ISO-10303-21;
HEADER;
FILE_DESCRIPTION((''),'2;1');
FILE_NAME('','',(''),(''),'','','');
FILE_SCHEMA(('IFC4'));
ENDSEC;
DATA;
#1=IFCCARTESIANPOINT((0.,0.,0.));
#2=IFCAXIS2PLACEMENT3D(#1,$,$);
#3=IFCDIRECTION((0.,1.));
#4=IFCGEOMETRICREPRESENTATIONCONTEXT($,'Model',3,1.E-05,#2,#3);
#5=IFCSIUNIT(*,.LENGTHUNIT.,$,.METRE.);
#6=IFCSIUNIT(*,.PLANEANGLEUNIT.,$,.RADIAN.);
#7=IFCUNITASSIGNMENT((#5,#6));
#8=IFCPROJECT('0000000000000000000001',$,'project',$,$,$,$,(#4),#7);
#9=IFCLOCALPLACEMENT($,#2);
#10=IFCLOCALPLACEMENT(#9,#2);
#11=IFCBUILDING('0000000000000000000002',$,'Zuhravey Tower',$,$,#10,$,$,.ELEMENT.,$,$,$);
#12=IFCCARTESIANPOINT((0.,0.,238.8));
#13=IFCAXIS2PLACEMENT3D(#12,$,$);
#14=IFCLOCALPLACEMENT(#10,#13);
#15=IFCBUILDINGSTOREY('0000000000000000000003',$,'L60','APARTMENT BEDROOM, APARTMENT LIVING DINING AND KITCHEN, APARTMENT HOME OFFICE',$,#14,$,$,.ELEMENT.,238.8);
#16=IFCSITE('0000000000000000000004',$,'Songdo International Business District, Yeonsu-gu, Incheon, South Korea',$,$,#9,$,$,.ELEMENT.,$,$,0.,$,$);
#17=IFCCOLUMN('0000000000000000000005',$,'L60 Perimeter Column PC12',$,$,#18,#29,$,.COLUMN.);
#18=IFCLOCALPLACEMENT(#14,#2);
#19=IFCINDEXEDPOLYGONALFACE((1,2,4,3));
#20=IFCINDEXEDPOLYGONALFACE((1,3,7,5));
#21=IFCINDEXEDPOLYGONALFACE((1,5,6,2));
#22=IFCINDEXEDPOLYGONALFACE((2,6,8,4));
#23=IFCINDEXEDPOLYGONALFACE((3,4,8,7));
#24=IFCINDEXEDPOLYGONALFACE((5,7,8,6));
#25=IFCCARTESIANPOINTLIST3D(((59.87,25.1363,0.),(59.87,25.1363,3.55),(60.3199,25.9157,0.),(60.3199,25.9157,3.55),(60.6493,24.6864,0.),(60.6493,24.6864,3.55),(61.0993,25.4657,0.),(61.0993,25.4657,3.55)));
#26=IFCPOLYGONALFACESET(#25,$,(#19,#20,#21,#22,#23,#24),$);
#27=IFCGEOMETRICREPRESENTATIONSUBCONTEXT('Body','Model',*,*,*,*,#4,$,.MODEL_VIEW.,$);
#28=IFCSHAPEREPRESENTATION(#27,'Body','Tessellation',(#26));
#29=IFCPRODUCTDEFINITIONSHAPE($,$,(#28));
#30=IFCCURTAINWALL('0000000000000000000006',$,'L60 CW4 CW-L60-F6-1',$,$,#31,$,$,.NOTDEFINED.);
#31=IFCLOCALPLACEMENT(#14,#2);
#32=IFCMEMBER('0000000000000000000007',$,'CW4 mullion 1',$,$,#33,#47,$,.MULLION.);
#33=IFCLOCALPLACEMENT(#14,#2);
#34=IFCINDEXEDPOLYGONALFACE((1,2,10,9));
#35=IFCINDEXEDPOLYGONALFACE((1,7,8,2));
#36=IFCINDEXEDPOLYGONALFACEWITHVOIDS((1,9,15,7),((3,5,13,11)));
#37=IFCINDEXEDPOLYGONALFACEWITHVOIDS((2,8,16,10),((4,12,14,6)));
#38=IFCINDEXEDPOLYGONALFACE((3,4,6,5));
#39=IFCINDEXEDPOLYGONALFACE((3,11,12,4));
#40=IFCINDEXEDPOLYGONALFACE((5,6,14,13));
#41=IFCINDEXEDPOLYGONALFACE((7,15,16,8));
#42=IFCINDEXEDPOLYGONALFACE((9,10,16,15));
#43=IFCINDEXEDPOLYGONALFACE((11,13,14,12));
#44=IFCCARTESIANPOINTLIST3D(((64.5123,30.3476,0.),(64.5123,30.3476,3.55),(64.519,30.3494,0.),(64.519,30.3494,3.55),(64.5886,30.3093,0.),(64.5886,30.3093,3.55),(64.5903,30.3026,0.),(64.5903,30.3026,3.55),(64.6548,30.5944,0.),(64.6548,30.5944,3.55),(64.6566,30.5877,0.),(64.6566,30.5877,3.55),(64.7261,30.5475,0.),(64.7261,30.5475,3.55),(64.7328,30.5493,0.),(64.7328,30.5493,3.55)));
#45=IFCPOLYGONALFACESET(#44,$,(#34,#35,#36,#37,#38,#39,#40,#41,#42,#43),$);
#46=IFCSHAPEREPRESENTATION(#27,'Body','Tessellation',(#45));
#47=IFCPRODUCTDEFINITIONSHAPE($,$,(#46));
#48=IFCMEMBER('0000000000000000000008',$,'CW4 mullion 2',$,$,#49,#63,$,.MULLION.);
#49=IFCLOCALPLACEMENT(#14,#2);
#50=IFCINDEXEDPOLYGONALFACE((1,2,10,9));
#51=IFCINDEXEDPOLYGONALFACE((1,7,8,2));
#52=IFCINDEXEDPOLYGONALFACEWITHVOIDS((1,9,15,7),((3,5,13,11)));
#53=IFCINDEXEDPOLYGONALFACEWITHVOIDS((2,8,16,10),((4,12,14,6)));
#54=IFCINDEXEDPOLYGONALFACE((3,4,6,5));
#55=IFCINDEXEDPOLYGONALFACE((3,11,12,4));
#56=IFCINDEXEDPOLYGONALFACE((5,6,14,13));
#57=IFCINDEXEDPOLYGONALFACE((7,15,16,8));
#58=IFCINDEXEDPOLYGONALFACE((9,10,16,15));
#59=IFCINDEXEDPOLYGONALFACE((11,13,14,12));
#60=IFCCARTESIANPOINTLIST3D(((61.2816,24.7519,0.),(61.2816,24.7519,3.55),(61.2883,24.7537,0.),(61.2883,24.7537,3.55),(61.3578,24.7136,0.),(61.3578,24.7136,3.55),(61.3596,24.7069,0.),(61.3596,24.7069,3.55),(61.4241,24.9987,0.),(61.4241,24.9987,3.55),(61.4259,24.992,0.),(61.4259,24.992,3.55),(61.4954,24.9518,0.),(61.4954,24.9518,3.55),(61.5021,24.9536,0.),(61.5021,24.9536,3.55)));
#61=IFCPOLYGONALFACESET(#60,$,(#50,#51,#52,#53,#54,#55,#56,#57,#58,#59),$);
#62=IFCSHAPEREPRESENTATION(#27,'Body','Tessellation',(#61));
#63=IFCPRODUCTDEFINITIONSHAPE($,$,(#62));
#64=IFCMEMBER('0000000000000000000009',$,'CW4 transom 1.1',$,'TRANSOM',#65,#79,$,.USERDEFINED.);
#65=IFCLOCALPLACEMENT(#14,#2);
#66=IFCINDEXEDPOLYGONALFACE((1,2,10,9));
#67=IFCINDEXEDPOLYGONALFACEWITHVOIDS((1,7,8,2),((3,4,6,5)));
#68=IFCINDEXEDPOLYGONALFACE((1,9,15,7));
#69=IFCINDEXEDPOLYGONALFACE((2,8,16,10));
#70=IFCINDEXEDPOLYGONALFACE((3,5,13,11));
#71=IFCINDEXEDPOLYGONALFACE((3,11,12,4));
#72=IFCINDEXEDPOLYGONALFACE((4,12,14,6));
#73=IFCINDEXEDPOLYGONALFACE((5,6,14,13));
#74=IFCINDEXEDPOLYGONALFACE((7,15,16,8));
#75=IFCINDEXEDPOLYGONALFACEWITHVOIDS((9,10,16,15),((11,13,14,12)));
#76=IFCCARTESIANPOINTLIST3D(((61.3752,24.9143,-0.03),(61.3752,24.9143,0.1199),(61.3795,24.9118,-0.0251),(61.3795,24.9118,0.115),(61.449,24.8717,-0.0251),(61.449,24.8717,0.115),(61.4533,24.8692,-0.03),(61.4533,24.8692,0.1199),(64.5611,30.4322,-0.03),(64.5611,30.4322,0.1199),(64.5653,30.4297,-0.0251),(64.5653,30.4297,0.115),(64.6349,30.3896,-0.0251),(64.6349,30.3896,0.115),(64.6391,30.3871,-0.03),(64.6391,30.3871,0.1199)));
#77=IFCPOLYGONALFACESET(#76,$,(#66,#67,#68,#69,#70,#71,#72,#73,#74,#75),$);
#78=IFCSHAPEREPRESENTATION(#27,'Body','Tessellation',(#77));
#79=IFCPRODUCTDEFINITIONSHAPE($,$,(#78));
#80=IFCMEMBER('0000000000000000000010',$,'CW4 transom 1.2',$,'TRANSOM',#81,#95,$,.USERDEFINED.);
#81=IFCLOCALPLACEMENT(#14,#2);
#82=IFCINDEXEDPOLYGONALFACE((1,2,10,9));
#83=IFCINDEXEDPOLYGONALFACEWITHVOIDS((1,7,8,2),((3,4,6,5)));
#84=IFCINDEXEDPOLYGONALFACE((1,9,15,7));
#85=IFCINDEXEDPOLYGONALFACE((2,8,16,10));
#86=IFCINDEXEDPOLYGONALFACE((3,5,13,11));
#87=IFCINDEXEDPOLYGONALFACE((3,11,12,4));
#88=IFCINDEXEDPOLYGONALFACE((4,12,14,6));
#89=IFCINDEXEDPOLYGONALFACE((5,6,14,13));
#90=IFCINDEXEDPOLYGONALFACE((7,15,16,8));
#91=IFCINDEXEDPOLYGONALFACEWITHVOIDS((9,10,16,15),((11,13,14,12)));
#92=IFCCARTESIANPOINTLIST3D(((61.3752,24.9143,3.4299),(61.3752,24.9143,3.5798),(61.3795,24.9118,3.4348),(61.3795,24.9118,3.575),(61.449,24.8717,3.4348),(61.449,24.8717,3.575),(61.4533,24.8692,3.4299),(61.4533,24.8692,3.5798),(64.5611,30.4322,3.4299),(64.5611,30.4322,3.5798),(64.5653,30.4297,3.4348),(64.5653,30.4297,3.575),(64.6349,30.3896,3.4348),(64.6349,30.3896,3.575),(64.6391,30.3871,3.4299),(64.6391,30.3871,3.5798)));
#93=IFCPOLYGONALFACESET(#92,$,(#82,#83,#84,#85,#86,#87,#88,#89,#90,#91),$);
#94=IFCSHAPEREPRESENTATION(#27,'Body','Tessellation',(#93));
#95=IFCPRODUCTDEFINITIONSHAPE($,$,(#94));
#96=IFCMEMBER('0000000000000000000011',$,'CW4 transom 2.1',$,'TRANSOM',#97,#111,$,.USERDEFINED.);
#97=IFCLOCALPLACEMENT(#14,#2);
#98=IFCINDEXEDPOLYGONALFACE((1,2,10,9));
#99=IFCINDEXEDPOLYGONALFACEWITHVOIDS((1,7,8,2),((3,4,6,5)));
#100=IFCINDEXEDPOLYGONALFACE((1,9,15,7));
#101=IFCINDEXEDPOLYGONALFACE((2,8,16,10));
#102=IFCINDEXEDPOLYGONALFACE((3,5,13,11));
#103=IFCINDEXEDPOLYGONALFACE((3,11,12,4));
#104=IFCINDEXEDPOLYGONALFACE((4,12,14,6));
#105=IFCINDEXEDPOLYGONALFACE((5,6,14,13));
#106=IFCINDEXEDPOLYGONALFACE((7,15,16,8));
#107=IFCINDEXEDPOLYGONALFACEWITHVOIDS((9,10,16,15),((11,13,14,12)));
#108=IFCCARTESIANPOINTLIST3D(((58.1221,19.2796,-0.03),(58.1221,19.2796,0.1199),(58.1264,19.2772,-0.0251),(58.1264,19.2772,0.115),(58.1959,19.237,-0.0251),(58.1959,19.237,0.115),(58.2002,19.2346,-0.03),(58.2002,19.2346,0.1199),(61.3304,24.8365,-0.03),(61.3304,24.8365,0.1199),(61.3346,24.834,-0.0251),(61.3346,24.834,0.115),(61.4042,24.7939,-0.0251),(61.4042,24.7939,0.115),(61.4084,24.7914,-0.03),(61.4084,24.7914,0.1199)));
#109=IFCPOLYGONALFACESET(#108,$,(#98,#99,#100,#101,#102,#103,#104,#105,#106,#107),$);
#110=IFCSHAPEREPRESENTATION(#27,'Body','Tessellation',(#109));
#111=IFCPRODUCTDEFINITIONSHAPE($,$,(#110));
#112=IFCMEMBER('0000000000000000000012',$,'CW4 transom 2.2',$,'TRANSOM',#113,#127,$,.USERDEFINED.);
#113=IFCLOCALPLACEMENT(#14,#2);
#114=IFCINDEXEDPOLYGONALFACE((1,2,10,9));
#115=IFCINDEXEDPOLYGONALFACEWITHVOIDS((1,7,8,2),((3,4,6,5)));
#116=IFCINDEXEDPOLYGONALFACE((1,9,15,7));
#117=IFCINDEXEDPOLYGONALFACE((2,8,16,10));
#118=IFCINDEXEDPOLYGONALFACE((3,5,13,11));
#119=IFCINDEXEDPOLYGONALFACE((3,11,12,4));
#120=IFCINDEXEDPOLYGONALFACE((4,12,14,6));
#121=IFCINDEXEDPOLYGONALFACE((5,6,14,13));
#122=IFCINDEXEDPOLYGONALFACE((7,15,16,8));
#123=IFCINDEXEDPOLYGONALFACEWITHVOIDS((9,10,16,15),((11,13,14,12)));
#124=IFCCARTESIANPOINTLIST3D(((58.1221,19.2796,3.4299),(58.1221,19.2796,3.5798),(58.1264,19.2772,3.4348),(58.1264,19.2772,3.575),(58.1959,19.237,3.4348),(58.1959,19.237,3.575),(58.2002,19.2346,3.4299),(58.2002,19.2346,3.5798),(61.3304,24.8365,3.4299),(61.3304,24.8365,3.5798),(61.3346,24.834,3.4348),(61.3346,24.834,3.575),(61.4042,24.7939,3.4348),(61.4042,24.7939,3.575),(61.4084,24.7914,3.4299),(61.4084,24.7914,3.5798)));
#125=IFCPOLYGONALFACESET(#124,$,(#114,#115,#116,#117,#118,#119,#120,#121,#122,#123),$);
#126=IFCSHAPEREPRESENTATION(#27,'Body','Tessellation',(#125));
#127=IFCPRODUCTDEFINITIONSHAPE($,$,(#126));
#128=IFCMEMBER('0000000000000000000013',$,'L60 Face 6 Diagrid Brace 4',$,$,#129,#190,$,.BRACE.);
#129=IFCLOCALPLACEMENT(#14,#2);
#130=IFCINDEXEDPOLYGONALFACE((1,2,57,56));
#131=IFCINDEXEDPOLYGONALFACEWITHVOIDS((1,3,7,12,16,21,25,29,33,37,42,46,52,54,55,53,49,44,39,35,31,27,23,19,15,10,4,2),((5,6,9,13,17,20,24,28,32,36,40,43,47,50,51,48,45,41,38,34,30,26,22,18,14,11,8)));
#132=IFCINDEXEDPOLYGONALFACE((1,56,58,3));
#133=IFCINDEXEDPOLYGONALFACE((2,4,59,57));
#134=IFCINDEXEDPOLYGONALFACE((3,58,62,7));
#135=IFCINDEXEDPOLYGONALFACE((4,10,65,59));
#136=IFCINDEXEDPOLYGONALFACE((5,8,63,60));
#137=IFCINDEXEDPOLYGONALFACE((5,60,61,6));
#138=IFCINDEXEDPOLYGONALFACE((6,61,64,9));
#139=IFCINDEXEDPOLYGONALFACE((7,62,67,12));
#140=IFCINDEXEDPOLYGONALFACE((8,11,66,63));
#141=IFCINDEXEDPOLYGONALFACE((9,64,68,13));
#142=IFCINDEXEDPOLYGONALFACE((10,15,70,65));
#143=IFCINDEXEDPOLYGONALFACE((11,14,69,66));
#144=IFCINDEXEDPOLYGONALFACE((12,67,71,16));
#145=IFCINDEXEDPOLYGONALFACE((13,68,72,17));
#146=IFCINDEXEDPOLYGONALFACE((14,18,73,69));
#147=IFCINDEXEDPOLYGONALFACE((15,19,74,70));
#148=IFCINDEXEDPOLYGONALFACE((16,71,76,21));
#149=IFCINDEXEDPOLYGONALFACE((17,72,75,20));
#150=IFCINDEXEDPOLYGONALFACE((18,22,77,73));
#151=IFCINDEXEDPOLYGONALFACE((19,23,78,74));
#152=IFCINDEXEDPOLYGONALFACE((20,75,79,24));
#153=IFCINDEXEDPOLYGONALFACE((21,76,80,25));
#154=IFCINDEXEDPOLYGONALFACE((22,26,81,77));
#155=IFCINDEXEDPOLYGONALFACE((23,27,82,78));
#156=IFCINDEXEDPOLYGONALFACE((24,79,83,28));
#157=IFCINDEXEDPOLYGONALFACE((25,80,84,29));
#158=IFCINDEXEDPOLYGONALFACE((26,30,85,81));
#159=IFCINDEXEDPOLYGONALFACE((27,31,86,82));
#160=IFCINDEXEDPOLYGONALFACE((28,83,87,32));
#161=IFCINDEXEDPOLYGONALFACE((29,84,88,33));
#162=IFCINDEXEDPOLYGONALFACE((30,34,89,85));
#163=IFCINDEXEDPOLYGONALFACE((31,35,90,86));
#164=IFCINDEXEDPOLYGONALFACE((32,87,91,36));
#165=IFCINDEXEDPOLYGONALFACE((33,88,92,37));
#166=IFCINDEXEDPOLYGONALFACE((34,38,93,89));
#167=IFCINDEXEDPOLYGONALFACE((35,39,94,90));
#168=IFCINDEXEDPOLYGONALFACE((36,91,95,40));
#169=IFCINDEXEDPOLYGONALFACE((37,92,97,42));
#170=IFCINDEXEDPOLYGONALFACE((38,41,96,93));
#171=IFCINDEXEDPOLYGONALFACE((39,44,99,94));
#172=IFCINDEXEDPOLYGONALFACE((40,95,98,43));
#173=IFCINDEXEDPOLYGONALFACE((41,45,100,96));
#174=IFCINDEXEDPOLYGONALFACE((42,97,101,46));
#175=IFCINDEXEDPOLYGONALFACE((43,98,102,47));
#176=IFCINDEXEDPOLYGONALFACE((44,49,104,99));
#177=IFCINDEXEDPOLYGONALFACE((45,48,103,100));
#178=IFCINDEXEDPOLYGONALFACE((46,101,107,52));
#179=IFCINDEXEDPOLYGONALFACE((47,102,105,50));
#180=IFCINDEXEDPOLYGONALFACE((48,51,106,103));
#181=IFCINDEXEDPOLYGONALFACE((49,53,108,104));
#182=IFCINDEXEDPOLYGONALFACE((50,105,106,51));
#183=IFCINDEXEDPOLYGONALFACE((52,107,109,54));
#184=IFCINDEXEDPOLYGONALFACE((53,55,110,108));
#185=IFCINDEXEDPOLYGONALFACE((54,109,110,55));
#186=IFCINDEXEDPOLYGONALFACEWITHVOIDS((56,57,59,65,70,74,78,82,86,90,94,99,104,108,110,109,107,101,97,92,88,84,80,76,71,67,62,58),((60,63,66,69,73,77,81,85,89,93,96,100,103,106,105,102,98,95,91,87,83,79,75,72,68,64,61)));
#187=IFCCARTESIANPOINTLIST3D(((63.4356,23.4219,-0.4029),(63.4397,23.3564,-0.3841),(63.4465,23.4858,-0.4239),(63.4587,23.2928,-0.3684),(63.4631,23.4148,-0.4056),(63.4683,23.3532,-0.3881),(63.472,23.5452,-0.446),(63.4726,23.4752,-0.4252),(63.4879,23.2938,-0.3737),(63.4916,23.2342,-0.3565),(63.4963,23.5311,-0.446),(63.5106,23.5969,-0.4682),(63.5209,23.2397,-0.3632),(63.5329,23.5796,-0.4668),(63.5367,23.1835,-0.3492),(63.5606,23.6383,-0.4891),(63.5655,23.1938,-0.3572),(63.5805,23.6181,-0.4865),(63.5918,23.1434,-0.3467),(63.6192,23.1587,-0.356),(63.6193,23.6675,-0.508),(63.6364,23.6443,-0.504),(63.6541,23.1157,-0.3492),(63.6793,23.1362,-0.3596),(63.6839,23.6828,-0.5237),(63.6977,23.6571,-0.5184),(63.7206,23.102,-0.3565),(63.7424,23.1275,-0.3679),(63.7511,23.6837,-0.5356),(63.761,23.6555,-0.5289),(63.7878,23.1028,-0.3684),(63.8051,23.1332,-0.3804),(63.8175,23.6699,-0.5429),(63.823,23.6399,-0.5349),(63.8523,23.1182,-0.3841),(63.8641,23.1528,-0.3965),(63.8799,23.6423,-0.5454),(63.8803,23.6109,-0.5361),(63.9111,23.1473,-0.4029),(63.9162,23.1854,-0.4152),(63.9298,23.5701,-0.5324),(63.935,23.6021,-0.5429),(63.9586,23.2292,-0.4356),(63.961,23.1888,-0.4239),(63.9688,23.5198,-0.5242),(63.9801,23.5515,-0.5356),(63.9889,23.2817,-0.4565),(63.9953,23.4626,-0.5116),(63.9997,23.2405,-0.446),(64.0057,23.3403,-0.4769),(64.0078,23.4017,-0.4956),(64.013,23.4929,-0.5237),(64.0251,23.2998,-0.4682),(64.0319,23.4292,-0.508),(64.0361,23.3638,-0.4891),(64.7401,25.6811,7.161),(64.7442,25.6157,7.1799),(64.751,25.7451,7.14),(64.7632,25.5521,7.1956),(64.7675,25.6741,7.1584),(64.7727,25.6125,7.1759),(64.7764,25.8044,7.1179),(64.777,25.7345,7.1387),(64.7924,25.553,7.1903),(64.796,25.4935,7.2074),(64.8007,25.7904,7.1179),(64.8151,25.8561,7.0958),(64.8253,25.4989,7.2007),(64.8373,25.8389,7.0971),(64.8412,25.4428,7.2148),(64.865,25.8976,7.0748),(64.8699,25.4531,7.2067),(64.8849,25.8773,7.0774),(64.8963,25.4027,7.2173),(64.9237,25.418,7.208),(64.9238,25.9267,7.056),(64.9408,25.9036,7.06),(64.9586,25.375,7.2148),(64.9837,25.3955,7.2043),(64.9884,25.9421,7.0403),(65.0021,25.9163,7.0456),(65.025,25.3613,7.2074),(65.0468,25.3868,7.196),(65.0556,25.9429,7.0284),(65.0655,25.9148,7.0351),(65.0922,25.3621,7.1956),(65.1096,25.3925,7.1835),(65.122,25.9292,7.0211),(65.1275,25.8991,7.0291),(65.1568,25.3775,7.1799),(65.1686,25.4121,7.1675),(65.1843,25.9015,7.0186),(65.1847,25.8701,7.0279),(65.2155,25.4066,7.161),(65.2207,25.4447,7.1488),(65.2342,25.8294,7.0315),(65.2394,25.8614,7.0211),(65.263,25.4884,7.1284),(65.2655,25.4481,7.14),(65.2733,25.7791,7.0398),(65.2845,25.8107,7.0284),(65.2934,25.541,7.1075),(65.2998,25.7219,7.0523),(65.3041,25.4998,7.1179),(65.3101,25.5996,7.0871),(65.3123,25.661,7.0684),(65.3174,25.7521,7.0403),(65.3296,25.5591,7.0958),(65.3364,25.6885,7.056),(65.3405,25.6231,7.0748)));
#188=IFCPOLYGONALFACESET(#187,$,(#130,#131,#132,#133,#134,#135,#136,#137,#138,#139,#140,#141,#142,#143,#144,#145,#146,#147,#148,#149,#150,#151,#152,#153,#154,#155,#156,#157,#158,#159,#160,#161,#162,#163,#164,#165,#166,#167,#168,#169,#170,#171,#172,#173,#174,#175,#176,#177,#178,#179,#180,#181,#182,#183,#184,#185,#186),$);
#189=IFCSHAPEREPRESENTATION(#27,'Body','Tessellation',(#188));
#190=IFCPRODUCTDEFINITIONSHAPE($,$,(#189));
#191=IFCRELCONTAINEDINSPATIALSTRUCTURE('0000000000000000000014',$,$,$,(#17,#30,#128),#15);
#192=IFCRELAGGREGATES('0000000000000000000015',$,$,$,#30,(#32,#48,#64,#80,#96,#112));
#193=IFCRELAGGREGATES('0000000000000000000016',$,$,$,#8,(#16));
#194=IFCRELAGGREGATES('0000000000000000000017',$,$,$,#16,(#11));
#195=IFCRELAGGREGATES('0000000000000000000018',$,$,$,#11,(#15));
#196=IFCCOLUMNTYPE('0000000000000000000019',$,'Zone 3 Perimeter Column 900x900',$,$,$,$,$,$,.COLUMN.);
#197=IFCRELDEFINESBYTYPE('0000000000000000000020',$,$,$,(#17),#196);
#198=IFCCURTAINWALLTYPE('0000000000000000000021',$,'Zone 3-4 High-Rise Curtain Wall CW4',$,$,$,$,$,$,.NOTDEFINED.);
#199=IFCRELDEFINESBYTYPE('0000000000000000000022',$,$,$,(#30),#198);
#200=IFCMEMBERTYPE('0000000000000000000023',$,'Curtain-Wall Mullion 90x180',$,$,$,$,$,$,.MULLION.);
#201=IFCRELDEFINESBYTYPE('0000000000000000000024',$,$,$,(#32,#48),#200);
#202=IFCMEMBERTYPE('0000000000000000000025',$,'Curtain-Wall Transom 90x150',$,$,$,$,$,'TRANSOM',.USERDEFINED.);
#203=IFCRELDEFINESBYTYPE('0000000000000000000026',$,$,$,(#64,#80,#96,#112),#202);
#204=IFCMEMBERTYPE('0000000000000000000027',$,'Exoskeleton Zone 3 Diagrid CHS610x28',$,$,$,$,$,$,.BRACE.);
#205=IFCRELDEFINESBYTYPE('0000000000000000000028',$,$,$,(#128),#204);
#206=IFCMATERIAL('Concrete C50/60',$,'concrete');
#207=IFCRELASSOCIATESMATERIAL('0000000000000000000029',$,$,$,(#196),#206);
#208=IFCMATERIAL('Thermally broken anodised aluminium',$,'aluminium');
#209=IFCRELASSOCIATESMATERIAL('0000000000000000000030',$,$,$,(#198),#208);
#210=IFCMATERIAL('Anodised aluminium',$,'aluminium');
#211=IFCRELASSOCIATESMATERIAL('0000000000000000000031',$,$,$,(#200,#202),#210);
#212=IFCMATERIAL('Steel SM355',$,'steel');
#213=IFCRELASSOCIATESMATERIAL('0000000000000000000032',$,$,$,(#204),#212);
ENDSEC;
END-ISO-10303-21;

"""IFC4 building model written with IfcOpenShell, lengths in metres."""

from ifc_helpers import new_model, si_unit, direction, frame, origin, origin_2d, place, context, subcontext, project, spatial, rectangle, hollow_rectangle, hollow_circle, extrude, material, material_profile, profile_set, type_object, element, aggregate, save


model = new_model("IFC4")

# Units and contexts
model_context = context("Model", 3, precision=1e-05, world=origin(), true_north=direction((0.0, 1.0)))
body_context = subcontext(model_context, "Body", "Model", "MODEL_VIEW")
ifc_project = project(units=[si_unit("LENGTHUNIT", "METRE"), si_unit("PLANEANGLEUNIT", "RADIAN")], contexts=[model_context])

# Site, building, storey
site_placement = place(None, origin())
site = spatial("IfcSite", under=ifc_project, at=site_placement, Name="Songdo International Business District, Yeonsu-gu, Incheon, South Korea", CompositionType="ELEMENT", RefElevation=0.0)
building_placement = place(site_placement, origin())
building = spatial("IfcBuilding", under=site, at=building_placement, Name="Zuhravey Tower", CompositionType="ELEMENT")
storey_placement = place(building_placement, frame((0.0, 0.0, 238.8)))
storey = spatial("IfcBuildingStorey", under=building, at=storey_placement, Name="L60", Description="APARTMENT BEDROOM, APARTMENT LIVING DINING AND KITCHEN, APARTMENT HOME OFFICE", CompositionType="ELEMENT", Elevation=238.8)

# Column
ifc_material_1 = material(Name="Concrete C50/60", Category="concrete")
ifc_material_profile_1 = material_profile(ifc_material_1, rectangle(XDim=0.8999, YDim=0.8999, at=origin_2d()), Name="RC-900x900")
ifc_profile_set_1 = profile_set([ifc_material_profile_1], Name="Concrete C50/60")
column_type = type_object("IfcColumnType", Name="Zone 3 Perimeter Column 900x900", PredefinedType="COLUMN", material=ifc_profile_set_1)
column_placement = place(storey_placement, frame((60.4846, 25.301, 0.0), z_axis=(0.0, 0.0, 1.0), x_axis=(0.5, 0.866025, 0.0)))
element("IfcColumn", 1, at=column_placement, inside=storey, type_object=column_type, Name="L60 Perimeter Column PC12", PredefinedType="COLUMN", context=body_context, shape_type="SweptSolid", body=[
    extrude(rectangle(XDim=0.8999, YDim=0.8999, at=origin_2d()), origin(), (0.0, 0.0, 1.0), 3.55),
])

# Curtain wall, members
ifc_material_2 = material(Name="Thermally broken anodised aluminium", Category="aluminium")
curtain_wall_type = type_object("IfcCurtainWallType", Name="Zone 3-4 High-Rise Curtain Wall CW4", PredefinedType="NOTDEFINED", material=ifc_material_2)
curtain_wall_placement = place(storey_placement, origin())
curtain_wall = element("IfcCurtainWall", 2, at=curtain_wall_placement, inside=storey, type_object=curtain_wall_type, Name="L60 CW4 CW-L60-F6-1", PredefinedType="NOTDEFINED")
ifc_material_3 = material(Name="Anodised aluminium", Category="aluminium")
ifc_material_profile_2 = material_profile(ifc_material_3, hollow_rectangle(XDim=0.0901, YDim=0.2849, WallThickness=0.0049, at=origin_2d()), Name="ALU-RHS-90x285x5")
ifc_profile_set_2 = profile_set([ifc_material_profile_2], Name="Anodised aluminium")
member_type_1 = type_object("IfcMemberType", Name="Curtain-Wall Mullion 90x180", PredefinedType="MULLION", material=ifc_profile_set_2)
member_1_placement = place(storey_placement, frame((64.6226, 30.4485, 0.0), z_axis=(0.0, 0.0, 1.0), x_axis=(0.866025, -0.500001, 0.0)))
member_1 = element("IfcMember", 3, at=member_1_placement, type_object=member_type_1, Name="CW4 mullion 1", PredefinedType="MULLION", context=body_context, shape_type="SweptSolid", body=[
    extrude(hollow_rectangle(XDim=0.0901, YDim=0.2849, WallThickness=0.0049, at=origin_2d()), origin(), (0.0, 0.0, 1.0), 3.55),
])
member_2_placement = place(storey_placement, frame((61.3918, 24.8528, 0.0), z_axis=(0.0, 0.0, 1.0), x_axis=(0.866025, -0.500001, 0.0)))
member_2 = element("IfcMember", 4, at=member_2_placement, type_object=member_type_1, Name="CW4 mullion 2", PredefinedType="MULLION", context=body_context, shape_type="SweptSolid", body=[
    extrude(hollow_rectangle(XDim=0.0901, YDim=0.2849, WallThickness=0.0049, at=origin_2d()), origin(), (0.0, 0.0, 1.0), 3.55),
])
ifc_material_profile_3 = material_profile(ifc_material_3, hollow_rectangle(XDim=0.0901, YDim=0.1499, WallThickness=0.0049, at=origin_2d()), Name="ALU-RHS-90x150x5")
ifc_profile_set_3 = profile_set([ifc_material_profile_3], Name="Anodised aluminium")
member_type_2 = type_object("IfcMemberType", Name="Curtain-Wall Transom 90x150", ElementType="TRANSOM", PredefinedType="USERDEFINED", material=ifc_profile_set_3)
member_3_placement = place(storey_placement, frame((64.6001, 30.4097, 0.0449), z_axis=(-0.500009, -0.86602, 0.0), x_axis=(0.86602, -0.500009, 0.0)))
member_3 = element("IfcMember", 5, at=member_3_placement, type_object=member_type_2, Name="CW4 transom 1.1", ObjectType="TRANSOM", PredefinedType="USERDEFINED", context=body_context, shape_type="SweptSolid", body=[
    extrude(hollow_rectangle(XDim=0.0901, YDim=0.1499, WallThickness=0.0049, at=origin_2d()), origin(), (0.0, 0.0, 1.0), 6.3716),
])
member_4_placement = place(storey_placement, frame((64.6001, 30.4097, 3.5049), z_axis=(-0.500009, -0.86602, 0.0), x_axis=(0.86602, -0.500009, 0.0)))
member_4 = element("IfcMember", 6, at=member_4_placement, type_object=member_type_2, Name="CW4 transom 1.2", ObjectType="TRANSOM", PredefinedType="USERDEFINED", context=body_context, shape_type="SweptSolid", body=[
    extrude(hollow_rectangle(XDim=0.0901, YDim=0.1499, WallThickness=0.0049, at=origin_2d()), origin(), (0.0, 0.0, 1.0), 6.3716),
])
member_5_placement = place(storey_placement, frame((61.3694, 24.814, 0.0449), z_axis=(-0.499998, -0.866027, 0.0), x_axis=(0.866027, -0.499998, 0.0)))
member_5 = element("IfcMember", 7, at=member_5_placement, type_object=member_type_2, Name="CW4 transom 2.1", ObjectType="TRANSOM", PredefinedType="USERDEFINED", context=body_context, shape_type="SweptSolid", body=[
    extrude(hollow_rectangle(XDim=0.0901, YDim=0.1499, WallThickness=0.0049, at=origin_2d()), origin(), (0.0, 0.0, 1.0), 6.4165),
])
member_6_placement = place(storey_placement, frame((61.3694, 24.814, 3.5049), z_axis=(-0.499998, -0.866027, 0.0), x_axis=(0.866027, -0.499998, 0.0)))
member_6 = element("IfcMember", 8, at=member_6_placement, type_object=member_type_2, Name="CW4 transom 2.2", ObjectType="TRANSOM", PredefinedType="USERDEFINED", context=body_context, shape_type="SweptSolid", body=[
    extrude(hollow_rectangle(XDim=0.0901, YDim=0.1499, WallThickness=0.0049, at=origin_2d()), origin(), (0.0, 0.0, 1.0), 6.4165),
])

# Member
ifc_material_4 = material(Name="Steel SM355", Category="steel")
ifc_material_profile_4 = material_profile(ifc_material_4, hollow_circle(Radius=0.3047, WallThickness=0.0281, at=origin_2d()), Name="CHS-609.6x28")
ifc_profile_set_4 = profile_set([ifc_material_profile_4], Name="Steel SM355")
member_type_3 = type_object("IfcMemberType", Name="Exoskeleton Zone 3 Diagrid CHS610x28", PredefinedType="BRACE", material=ifc_profile_set_4)
member_7_placement = place(storey_placement, frame((63.7358, 23.3928, -0.446), z_axis=(0.163031, 0.282367, 0.945352), x_axis=(-0.866017, 0.500014, 0.0)))
element("IfcMember", 9, at=member_7_placement, inside=storey, type_object=member_type_3, Name="L60 Face 6 Diagrid Brace 4", PredefinedType="BRACE", context=body_context, shape_type="SweptSolid", body=[
    extrude(hollow_circle(Radius=0.3047, WallThickness=0.0281, at=origin_2d()), origin(), (0.0, 0.0, 1.0), 8.0012),
])

aggregate(curtain_wall, [member_1, member_2, member_3, member_4, member_5, member_6])

save(model, "model.ifc")
